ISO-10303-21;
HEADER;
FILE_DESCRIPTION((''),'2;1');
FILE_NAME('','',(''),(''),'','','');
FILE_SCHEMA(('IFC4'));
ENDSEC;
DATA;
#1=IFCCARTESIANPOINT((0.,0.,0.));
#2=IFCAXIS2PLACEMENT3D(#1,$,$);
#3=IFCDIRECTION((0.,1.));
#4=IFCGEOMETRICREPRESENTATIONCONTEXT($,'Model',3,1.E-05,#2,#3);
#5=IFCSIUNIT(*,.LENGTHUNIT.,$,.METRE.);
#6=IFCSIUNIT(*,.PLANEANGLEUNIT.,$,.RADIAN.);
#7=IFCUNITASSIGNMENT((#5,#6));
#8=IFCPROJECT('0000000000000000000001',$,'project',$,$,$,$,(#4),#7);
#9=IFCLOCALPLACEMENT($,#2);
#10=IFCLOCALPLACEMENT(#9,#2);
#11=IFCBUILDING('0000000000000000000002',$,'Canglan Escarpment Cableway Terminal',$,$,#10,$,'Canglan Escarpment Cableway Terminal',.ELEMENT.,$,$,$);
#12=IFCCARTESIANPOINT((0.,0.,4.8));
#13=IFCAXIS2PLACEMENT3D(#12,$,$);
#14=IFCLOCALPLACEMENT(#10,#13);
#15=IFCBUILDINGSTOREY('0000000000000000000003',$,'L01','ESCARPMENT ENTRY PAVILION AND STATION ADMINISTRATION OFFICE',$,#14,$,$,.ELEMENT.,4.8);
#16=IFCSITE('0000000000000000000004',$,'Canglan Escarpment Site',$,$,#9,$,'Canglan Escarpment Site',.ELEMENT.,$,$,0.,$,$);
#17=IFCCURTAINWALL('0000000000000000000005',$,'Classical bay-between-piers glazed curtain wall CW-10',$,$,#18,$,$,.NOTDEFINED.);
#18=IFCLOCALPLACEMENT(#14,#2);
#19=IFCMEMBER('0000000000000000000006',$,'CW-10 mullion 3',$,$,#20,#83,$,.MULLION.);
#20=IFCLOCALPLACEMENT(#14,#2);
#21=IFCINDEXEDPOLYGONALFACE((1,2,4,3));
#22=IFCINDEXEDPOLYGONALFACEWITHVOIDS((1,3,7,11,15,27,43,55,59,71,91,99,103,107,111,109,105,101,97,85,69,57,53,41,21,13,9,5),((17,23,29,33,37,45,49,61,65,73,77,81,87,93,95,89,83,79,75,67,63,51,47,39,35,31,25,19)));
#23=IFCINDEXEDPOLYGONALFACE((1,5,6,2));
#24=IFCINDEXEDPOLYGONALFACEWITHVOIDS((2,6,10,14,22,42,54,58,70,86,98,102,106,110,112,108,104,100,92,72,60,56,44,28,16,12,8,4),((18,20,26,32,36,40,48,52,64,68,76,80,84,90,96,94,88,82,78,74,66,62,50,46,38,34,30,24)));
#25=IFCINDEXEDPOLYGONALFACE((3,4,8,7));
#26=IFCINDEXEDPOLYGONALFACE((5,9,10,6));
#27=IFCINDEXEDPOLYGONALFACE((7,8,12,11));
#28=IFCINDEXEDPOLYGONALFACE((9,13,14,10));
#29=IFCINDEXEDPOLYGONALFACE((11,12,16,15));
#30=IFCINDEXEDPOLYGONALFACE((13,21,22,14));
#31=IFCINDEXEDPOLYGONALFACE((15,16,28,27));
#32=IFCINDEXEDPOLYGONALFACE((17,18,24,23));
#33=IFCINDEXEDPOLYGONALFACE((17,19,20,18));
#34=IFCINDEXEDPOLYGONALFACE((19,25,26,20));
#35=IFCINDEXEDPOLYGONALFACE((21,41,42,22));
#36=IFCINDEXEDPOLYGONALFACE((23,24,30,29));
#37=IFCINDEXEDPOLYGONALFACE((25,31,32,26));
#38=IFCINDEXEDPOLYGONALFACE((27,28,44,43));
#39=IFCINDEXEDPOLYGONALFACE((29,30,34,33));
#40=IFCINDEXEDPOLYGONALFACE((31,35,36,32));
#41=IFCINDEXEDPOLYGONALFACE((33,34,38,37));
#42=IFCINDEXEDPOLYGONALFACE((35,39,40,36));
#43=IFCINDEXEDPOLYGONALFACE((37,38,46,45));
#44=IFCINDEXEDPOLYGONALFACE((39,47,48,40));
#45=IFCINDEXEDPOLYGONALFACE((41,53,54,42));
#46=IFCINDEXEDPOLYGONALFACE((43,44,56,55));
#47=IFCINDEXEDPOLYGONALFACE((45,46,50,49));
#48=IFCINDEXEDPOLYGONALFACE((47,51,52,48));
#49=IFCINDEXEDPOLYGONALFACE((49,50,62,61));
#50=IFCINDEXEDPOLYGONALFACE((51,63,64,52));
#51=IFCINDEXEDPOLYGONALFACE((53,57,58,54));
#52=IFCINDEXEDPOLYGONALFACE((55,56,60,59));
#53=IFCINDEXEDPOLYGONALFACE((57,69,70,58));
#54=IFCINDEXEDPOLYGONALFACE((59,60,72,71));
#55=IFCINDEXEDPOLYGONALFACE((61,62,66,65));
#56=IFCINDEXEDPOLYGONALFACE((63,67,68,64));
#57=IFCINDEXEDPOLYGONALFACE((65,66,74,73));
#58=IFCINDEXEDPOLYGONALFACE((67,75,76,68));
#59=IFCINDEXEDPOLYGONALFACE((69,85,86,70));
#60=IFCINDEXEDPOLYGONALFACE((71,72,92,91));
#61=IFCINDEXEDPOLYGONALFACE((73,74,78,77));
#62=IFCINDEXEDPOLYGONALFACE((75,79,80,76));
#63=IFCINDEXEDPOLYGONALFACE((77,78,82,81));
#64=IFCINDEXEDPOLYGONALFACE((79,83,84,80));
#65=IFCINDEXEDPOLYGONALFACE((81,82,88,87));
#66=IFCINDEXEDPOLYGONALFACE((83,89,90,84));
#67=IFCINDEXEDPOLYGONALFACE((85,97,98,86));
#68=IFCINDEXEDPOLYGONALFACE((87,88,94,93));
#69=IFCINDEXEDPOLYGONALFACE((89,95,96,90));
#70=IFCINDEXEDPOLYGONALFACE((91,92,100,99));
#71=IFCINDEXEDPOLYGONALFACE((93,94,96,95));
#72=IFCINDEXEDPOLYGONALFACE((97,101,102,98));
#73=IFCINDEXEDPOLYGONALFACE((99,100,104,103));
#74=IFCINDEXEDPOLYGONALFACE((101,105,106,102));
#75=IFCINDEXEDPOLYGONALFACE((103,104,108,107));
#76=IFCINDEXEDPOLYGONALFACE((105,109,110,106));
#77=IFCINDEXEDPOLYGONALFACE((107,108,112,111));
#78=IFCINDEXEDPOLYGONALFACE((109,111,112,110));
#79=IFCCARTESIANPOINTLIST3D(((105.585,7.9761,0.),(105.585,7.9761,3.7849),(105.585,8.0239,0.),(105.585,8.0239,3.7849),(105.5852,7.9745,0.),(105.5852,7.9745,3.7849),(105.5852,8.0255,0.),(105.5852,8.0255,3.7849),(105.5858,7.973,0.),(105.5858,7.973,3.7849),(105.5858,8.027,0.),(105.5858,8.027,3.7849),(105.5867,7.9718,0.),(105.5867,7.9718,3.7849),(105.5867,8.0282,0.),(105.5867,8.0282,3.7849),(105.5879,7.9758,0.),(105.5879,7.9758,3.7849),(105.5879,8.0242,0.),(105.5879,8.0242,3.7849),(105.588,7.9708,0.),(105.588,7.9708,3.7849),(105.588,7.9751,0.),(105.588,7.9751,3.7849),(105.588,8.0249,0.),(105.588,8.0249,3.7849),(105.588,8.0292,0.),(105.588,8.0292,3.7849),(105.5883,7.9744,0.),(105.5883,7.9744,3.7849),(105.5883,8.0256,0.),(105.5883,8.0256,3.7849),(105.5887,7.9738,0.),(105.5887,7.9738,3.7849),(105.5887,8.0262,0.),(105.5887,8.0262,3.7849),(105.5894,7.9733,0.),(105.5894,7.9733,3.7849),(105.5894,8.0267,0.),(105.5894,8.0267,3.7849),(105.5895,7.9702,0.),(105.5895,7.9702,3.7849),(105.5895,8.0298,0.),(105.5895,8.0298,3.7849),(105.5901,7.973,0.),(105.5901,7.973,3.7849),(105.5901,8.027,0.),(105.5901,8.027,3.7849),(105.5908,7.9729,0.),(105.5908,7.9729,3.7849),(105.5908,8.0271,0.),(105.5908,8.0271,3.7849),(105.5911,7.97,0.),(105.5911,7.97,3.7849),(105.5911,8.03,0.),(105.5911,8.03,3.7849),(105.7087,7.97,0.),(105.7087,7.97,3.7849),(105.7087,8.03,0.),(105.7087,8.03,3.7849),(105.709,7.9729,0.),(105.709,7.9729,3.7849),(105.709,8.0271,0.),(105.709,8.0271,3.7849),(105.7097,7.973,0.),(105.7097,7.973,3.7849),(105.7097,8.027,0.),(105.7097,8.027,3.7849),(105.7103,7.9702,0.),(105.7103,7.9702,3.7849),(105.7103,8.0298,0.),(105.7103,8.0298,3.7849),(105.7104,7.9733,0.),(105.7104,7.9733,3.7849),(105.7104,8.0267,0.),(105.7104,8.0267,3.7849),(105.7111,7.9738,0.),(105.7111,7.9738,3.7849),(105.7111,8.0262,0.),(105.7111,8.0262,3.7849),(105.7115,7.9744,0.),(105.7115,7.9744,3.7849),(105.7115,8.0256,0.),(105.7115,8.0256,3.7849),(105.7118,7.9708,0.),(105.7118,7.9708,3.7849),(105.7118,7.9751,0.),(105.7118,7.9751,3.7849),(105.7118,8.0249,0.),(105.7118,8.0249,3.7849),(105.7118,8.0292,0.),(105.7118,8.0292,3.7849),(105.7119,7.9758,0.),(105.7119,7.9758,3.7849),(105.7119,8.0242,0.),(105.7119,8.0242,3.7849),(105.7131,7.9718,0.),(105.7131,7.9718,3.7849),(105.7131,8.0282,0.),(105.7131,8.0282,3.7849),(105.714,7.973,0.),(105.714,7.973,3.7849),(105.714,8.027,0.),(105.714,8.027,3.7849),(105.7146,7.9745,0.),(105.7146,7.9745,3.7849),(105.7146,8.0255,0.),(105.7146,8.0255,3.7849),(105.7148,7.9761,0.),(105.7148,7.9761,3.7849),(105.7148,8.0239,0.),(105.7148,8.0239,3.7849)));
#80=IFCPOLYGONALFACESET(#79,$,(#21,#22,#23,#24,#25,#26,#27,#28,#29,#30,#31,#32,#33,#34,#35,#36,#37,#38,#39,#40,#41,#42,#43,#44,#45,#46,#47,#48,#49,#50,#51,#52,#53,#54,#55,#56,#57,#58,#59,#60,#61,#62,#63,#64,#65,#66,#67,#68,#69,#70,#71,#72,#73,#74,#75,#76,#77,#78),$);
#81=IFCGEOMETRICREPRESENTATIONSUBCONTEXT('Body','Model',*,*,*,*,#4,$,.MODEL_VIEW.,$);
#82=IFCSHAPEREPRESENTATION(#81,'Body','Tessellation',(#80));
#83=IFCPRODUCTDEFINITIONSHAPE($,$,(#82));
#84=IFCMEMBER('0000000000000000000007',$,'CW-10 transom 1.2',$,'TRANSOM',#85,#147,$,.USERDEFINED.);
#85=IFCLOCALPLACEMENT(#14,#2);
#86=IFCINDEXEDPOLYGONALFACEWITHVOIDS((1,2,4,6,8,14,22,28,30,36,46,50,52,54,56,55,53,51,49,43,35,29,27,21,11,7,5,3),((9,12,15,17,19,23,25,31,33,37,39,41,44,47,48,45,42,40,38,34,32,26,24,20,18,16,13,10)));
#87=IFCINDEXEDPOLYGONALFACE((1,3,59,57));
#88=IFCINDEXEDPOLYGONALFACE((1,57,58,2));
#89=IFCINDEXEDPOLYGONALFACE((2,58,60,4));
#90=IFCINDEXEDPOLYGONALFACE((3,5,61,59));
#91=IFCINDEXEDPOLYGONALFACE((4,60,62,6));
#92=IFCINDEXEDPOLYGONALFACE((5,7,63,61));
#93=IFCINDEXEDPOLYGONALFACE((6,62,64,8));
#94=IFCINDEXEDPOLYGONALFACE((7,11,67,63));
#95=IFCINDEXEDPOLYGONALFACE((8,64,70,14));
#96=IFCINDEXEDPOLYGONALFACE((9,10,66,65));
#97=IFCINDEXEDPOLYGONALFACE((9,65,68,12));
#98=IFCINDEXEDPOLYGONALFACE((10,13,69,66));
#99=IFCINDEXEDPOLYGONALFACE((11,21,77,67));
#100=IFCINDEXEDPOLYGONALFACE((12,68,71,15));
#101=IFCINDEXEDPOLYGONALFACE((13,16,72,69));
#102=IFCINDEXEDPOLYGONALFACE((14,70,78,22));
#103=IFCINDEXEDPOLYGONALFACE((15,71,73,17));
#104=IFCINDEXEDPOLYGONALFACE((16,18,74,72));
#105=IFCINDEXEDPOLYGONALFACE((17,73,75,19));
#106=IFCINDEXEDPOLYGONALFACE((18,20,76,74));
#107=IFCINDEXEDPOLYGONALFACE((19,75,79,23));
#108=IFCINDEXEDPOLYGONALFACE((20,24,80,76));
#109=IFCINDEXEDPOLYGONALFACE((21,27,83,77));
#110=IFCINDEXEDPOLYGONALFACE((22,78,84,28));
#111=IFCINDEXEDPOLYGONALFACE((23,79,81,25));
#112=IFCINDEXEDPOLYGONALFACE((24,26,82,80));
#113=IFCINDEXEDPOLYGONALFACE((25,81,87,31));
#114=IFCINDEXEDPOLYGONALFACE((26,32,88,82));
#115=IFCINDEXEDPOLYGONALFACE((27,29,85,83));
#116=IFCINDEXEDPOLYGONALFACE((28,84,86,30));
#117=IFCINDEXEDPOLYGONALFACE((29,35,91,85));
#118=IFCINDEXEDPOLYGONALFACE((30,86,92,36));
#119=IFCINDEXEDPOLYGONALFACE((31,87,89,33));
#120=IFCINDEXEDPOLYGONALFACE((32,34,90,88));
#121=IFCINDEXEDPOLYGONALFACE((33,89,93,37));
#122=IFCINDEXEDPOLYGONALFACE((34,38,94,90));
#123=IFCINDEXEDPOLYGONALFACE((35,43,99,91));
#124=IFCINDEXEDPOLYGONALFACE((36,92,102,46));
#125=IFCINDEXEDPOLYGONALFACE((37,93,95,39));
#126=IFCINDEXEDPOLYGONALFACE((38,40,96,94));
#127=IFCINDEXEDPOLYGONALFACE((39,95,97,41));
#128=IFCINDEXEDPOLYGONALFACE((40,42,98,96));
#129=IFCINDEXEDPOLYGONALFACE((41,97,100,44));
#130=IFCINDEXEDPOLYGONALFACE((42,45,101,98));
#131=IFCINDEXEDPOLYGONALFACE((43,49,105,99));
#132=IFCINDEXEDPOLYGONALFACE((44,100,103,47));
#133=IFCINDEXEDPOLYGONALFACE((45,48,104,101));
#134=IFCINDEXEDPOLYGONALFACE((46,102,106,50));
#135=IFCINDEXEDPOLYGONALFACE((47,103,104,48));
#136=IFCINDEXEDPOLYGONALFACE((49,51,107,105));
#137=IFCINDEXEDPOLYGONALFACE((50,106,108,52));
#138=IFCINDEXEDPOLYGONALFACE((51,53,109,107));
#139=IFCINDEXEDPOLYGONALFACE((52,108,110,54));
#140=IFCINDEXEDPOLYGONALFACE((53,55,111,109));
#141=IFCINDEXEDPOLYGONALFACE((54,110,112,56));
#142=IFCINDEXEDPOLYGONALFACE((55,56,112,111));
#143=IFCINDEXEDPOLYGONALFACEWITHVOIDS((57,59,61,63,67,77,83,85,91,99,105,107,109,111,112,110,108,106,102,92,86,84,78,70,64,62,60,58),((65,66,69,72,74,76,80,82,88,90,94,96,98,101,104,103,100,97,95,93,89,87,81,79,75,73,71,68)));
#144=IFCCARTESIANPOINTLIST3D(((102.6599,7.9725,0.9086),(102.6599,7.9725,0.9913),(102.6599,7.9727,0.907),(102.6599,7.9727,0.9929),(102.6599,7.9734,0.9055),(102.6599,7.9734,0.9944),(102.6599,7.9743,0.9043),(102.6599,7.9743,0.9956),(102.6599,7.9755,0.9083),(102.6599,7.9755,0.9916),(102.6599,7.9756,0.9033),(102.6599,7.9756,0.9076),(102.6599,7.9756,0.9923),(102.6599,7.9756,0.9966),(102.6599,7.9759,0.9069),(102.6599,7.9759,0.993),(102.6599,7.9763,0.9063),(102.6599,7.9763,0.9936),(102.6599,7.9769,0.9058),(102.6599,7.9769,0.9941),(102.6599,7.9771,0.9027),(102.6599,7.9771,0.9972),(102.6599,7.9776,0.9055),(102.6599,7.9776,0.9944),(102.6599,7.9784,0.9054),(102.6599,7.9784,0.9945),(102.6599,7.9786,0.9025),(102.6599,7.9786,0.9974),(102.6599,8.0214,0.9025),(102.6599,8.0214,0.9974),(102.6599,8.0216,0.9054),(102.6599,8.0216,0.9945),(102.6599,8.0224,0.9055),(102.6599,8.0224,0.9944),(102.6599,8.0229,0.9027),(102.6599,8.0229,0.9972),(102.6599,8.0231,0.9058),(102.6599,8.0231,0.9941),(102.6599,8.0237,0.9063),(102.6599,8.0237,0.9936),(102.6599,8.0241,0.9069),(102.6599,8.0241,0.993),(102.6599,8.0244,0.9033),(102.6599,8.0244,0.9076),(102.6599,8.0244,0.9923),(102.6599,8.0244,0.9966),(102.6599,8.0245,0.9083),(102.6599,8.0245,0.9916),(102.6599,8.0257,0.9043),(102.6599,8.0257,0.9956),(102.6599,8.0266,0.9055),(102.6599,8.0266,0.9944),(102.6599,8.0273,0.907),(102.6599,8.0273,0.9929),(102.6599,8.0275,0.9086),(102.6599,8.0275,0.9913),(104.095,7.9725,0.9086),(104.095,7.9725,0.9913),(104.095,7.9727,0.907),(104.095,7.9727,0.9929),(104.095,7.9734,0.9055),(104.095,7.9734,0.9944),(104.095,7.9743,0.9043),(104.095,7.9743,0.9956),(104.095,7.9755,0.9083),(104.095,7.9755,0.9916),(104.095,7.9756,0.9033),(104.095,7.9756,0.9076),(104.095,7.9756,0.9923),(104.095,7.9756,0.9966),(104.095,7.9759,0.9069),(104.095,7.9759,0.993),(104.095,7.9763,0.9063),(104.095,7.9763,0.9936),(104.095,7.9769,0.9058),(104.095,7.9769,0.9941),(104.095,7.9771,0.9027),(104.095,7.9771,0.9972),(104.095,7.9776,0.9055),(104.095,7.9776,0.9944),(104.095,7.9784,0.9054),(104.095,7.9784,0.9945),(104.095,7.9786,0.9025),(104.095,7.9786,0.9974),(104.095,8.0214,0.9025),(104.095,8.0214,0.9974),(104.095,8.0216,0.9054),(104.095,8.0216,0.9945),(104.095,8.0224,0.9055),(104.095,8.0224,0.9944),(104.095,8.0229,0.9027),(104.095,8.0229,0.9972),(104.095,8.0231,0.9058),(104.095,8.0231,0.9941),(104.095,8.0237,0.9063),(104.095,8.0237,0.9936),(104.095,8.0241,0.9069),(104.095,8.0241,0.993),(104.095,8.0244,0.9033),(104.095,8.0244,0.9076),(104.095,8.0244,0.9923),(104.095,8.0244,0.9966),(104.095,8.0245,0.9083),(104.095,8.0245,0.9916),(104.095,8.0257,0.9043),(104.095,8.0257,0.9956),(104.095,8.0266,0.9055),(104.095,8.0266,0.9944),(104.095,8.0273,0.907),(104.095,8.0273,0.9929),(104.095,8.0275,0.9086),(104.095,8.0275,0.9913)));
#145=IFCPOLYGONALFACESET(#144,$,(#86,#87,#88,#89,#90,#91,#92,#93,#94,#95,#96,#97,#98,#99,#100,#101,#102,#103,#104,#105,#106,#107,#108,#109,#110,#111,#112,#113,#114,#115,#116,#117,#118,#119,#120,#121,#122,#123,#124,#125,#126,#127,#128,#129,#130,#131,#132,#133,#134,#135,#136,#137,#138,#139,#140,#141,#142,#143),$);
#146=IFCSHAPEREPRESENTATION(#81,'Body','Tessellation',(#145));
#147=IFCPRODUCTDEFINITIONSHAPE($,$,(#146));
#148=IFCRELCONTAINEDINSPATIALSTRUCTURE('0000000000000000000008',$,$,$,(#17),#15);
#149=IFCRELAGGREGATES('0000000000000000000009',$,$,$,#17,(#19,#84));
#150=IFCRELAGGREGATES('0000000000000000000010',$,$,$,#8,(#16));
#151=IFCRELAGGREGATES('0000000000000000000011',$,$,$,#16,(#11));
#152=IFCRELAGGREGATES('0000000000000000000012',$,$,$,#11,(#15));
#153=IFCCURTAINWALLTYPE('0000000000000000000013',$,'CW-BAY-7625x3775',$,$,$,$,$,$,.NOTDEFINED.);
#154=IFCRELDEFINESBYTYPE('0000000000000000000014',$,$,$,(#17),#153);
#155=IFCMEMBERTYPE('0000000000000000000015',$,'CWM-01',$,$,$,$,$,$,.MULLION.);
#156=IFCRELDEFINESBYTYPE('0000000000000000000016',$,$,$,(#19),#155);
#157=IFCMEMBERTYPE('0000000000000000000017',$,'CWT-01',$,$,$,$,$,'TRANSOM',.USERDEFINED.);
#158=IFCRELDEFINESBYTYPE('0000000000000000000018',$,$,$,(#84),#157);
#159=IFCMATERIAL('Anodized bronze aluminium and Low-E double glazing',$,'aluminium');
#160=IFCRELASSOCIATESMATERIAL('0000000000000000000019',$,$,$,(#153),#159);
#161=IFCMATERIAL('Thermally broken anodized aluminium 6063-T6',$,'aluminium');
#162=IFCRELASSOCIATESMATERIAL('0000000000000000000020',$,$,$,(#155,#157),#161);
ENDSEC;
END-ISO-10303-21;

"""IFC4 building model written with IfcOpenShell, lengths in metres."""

from ifc_helpers import new_model, si_unit, direction, frame, origin, origin_2d, place, context, subcontext, project, spatial, hollow_rectangle, extrude, material, material_profile, profile_set, type_object, element, aggregate, save


model = new_model("IFC4")

# Units and contexts
model_context = context("Model", 3, precision=1e-05, world=origin(), true_north=direction((0.0, 1.0)))
body_context = subcontext(model_context, "Body", "Model", "MODEL_VIEW")
ifc_project = project(units=[si_unit("LENGTHUNIT", "METRE"), si_unit("PLANEANGLEUNIT", "RADIAN")], contexts=[model_context])

# Site, building, storey
site_placement = place(None, origin())
site = spatial("IfcSite", under=ifc_project, at=site_placement, Name="Canglan Escarpment Site", LongName="Canglan Escarpment Site", CompositionType="ELEMENT", RefElevation=0.0)
building_placement = place(site_placement, origin())
building = spatial("IfcBuilding", under=site, at=building_placement, Name="Canglan Escarpment Cableway Terminal", LongName="Canglan Escarpment Cableway Terminal", CompositionType="ELEMENT")
storey_placement = place(building_placement, frame((0.0, 0.0, 4.8)))
storey = spatial("IfcBuildingStorey", under=building, at=storey_placement, Name="L01", Description="ESCARPMENT ENTRY PAVILION AND STATION ADMINISTRATION OFFICE", CompositionType="ELEMENT", Elevation=4.8)

# Curtain wall, members
ifc_material_1 = material(Name="Anodized bronze aluminium and Low-E double glazing", Category="aluminium")
curtain_wall_type = type_object("IfcCurtainWallType", Name="CW-BAY-7625x3775", PredefinedType="NOTDEFINED", material=ifc_material_1)
curtain_wall_placement = place(storey_placement, origin())
curtain_wall = element("IfcCurtainWall", 1, at=curtain_wall_placement, inside=storey, type_object=curtain_wall_type, Name="Classical bay-between-piers glazed curtain wall CW-10", PredefinedType="NOTDEFINED")
ifc_material_2 = material(Name="Thermally broken anodized aluminium 6063-T6", Category="aluminium")
ifc_material_profile_1 = material_profile(ifc_material_2, hollow_rectangle(XDim=0.0601, YDim=0.1299, WallThickness=0.0029, InnerFilletRadius=0.0029, OuterFilletRadius=0.0061, at=origin_2d()), Name="ALU-MULL 60x130x3")
ifc_profile_set_1 = profile_set([ifc_material_profile_1], Name="Thermally broken anodized aluminium 6063-T6")
member_type_1 = type_object("IfcMemberType", Name="CWM-01", PredefinedType="MULLION", material=ifc_profile_set_1)
member_1_placement = place(storey_placement, frame((105.6499, 8.0, 0.0), z_axis=(0.0, 0.0, 1.0), x_axis=(0.0, 1.0, 0.0)))
member_1 = element("IfcMember", 2, at=member_1_placement, type_object=member_type_1, Name="CW-10 mullion 3", PredefinedType="MULLION", context=body_context, shape_type="SweptSolid", body=[
    extrude(hollow_rectangle(XDim=0.0601, YDim=0.1299, WallThickness=0.0029, InnerFilletRadius=0.0029, OuterFilletRadius=0.0061, at=origin_2d()), origin(), (0.0, 0.0, 1.0), 3.7849),
])
ifc_material_profile_2 = material_profile(ifc_material_2, hollow_rectangle(XDim=0.0549, YDim=0.095, WallThickness=0.0029, InnerFilletRadius=0.0029, OuterFilletRadius=0.0061, at=origin_2d()), Name="ALU-TRAN 55x95x3")
ifc_profile_set_2 = profile_set([ifc_material_profile_2], Name="Thermally broken anodized aluminium 6063-T6")
member_type_2 = type_object("IfcMemberType", Name="CWT-01", ElementType="TRANSOM", PredefinedType="USERDEFINED", material=ifc_profile_set_2)
member_2_placement = place(storey_placement, frame((102.6599, 8.0, 0.95), z_axis=(1.0, 0.0, 0.0), x_axis=(0.0, 1.0, 0.0)))
member_2 = element("IfcMember", 3, at=member_2_placement, type_object=member_type_2, Name="CW-10 transom 1.2", ObjectType="TRANSOM", PredefinedType="USERDEFINED", context=body_context, shape_type="SweptSolid", body=[
    extrude(hollow_rectangle(XDim=0.0549, YDim=0.095, WallThickness=0.0029, InnerFilletRadius=0.0029, OuterFilletRadius=0.0061, at=origin_2d()), origin(), (0.0, 0.0, 1.0), 1.4351),
])
aggregate(curtain_wall, [member_1, member_2])

save(model, "model.ifc")
